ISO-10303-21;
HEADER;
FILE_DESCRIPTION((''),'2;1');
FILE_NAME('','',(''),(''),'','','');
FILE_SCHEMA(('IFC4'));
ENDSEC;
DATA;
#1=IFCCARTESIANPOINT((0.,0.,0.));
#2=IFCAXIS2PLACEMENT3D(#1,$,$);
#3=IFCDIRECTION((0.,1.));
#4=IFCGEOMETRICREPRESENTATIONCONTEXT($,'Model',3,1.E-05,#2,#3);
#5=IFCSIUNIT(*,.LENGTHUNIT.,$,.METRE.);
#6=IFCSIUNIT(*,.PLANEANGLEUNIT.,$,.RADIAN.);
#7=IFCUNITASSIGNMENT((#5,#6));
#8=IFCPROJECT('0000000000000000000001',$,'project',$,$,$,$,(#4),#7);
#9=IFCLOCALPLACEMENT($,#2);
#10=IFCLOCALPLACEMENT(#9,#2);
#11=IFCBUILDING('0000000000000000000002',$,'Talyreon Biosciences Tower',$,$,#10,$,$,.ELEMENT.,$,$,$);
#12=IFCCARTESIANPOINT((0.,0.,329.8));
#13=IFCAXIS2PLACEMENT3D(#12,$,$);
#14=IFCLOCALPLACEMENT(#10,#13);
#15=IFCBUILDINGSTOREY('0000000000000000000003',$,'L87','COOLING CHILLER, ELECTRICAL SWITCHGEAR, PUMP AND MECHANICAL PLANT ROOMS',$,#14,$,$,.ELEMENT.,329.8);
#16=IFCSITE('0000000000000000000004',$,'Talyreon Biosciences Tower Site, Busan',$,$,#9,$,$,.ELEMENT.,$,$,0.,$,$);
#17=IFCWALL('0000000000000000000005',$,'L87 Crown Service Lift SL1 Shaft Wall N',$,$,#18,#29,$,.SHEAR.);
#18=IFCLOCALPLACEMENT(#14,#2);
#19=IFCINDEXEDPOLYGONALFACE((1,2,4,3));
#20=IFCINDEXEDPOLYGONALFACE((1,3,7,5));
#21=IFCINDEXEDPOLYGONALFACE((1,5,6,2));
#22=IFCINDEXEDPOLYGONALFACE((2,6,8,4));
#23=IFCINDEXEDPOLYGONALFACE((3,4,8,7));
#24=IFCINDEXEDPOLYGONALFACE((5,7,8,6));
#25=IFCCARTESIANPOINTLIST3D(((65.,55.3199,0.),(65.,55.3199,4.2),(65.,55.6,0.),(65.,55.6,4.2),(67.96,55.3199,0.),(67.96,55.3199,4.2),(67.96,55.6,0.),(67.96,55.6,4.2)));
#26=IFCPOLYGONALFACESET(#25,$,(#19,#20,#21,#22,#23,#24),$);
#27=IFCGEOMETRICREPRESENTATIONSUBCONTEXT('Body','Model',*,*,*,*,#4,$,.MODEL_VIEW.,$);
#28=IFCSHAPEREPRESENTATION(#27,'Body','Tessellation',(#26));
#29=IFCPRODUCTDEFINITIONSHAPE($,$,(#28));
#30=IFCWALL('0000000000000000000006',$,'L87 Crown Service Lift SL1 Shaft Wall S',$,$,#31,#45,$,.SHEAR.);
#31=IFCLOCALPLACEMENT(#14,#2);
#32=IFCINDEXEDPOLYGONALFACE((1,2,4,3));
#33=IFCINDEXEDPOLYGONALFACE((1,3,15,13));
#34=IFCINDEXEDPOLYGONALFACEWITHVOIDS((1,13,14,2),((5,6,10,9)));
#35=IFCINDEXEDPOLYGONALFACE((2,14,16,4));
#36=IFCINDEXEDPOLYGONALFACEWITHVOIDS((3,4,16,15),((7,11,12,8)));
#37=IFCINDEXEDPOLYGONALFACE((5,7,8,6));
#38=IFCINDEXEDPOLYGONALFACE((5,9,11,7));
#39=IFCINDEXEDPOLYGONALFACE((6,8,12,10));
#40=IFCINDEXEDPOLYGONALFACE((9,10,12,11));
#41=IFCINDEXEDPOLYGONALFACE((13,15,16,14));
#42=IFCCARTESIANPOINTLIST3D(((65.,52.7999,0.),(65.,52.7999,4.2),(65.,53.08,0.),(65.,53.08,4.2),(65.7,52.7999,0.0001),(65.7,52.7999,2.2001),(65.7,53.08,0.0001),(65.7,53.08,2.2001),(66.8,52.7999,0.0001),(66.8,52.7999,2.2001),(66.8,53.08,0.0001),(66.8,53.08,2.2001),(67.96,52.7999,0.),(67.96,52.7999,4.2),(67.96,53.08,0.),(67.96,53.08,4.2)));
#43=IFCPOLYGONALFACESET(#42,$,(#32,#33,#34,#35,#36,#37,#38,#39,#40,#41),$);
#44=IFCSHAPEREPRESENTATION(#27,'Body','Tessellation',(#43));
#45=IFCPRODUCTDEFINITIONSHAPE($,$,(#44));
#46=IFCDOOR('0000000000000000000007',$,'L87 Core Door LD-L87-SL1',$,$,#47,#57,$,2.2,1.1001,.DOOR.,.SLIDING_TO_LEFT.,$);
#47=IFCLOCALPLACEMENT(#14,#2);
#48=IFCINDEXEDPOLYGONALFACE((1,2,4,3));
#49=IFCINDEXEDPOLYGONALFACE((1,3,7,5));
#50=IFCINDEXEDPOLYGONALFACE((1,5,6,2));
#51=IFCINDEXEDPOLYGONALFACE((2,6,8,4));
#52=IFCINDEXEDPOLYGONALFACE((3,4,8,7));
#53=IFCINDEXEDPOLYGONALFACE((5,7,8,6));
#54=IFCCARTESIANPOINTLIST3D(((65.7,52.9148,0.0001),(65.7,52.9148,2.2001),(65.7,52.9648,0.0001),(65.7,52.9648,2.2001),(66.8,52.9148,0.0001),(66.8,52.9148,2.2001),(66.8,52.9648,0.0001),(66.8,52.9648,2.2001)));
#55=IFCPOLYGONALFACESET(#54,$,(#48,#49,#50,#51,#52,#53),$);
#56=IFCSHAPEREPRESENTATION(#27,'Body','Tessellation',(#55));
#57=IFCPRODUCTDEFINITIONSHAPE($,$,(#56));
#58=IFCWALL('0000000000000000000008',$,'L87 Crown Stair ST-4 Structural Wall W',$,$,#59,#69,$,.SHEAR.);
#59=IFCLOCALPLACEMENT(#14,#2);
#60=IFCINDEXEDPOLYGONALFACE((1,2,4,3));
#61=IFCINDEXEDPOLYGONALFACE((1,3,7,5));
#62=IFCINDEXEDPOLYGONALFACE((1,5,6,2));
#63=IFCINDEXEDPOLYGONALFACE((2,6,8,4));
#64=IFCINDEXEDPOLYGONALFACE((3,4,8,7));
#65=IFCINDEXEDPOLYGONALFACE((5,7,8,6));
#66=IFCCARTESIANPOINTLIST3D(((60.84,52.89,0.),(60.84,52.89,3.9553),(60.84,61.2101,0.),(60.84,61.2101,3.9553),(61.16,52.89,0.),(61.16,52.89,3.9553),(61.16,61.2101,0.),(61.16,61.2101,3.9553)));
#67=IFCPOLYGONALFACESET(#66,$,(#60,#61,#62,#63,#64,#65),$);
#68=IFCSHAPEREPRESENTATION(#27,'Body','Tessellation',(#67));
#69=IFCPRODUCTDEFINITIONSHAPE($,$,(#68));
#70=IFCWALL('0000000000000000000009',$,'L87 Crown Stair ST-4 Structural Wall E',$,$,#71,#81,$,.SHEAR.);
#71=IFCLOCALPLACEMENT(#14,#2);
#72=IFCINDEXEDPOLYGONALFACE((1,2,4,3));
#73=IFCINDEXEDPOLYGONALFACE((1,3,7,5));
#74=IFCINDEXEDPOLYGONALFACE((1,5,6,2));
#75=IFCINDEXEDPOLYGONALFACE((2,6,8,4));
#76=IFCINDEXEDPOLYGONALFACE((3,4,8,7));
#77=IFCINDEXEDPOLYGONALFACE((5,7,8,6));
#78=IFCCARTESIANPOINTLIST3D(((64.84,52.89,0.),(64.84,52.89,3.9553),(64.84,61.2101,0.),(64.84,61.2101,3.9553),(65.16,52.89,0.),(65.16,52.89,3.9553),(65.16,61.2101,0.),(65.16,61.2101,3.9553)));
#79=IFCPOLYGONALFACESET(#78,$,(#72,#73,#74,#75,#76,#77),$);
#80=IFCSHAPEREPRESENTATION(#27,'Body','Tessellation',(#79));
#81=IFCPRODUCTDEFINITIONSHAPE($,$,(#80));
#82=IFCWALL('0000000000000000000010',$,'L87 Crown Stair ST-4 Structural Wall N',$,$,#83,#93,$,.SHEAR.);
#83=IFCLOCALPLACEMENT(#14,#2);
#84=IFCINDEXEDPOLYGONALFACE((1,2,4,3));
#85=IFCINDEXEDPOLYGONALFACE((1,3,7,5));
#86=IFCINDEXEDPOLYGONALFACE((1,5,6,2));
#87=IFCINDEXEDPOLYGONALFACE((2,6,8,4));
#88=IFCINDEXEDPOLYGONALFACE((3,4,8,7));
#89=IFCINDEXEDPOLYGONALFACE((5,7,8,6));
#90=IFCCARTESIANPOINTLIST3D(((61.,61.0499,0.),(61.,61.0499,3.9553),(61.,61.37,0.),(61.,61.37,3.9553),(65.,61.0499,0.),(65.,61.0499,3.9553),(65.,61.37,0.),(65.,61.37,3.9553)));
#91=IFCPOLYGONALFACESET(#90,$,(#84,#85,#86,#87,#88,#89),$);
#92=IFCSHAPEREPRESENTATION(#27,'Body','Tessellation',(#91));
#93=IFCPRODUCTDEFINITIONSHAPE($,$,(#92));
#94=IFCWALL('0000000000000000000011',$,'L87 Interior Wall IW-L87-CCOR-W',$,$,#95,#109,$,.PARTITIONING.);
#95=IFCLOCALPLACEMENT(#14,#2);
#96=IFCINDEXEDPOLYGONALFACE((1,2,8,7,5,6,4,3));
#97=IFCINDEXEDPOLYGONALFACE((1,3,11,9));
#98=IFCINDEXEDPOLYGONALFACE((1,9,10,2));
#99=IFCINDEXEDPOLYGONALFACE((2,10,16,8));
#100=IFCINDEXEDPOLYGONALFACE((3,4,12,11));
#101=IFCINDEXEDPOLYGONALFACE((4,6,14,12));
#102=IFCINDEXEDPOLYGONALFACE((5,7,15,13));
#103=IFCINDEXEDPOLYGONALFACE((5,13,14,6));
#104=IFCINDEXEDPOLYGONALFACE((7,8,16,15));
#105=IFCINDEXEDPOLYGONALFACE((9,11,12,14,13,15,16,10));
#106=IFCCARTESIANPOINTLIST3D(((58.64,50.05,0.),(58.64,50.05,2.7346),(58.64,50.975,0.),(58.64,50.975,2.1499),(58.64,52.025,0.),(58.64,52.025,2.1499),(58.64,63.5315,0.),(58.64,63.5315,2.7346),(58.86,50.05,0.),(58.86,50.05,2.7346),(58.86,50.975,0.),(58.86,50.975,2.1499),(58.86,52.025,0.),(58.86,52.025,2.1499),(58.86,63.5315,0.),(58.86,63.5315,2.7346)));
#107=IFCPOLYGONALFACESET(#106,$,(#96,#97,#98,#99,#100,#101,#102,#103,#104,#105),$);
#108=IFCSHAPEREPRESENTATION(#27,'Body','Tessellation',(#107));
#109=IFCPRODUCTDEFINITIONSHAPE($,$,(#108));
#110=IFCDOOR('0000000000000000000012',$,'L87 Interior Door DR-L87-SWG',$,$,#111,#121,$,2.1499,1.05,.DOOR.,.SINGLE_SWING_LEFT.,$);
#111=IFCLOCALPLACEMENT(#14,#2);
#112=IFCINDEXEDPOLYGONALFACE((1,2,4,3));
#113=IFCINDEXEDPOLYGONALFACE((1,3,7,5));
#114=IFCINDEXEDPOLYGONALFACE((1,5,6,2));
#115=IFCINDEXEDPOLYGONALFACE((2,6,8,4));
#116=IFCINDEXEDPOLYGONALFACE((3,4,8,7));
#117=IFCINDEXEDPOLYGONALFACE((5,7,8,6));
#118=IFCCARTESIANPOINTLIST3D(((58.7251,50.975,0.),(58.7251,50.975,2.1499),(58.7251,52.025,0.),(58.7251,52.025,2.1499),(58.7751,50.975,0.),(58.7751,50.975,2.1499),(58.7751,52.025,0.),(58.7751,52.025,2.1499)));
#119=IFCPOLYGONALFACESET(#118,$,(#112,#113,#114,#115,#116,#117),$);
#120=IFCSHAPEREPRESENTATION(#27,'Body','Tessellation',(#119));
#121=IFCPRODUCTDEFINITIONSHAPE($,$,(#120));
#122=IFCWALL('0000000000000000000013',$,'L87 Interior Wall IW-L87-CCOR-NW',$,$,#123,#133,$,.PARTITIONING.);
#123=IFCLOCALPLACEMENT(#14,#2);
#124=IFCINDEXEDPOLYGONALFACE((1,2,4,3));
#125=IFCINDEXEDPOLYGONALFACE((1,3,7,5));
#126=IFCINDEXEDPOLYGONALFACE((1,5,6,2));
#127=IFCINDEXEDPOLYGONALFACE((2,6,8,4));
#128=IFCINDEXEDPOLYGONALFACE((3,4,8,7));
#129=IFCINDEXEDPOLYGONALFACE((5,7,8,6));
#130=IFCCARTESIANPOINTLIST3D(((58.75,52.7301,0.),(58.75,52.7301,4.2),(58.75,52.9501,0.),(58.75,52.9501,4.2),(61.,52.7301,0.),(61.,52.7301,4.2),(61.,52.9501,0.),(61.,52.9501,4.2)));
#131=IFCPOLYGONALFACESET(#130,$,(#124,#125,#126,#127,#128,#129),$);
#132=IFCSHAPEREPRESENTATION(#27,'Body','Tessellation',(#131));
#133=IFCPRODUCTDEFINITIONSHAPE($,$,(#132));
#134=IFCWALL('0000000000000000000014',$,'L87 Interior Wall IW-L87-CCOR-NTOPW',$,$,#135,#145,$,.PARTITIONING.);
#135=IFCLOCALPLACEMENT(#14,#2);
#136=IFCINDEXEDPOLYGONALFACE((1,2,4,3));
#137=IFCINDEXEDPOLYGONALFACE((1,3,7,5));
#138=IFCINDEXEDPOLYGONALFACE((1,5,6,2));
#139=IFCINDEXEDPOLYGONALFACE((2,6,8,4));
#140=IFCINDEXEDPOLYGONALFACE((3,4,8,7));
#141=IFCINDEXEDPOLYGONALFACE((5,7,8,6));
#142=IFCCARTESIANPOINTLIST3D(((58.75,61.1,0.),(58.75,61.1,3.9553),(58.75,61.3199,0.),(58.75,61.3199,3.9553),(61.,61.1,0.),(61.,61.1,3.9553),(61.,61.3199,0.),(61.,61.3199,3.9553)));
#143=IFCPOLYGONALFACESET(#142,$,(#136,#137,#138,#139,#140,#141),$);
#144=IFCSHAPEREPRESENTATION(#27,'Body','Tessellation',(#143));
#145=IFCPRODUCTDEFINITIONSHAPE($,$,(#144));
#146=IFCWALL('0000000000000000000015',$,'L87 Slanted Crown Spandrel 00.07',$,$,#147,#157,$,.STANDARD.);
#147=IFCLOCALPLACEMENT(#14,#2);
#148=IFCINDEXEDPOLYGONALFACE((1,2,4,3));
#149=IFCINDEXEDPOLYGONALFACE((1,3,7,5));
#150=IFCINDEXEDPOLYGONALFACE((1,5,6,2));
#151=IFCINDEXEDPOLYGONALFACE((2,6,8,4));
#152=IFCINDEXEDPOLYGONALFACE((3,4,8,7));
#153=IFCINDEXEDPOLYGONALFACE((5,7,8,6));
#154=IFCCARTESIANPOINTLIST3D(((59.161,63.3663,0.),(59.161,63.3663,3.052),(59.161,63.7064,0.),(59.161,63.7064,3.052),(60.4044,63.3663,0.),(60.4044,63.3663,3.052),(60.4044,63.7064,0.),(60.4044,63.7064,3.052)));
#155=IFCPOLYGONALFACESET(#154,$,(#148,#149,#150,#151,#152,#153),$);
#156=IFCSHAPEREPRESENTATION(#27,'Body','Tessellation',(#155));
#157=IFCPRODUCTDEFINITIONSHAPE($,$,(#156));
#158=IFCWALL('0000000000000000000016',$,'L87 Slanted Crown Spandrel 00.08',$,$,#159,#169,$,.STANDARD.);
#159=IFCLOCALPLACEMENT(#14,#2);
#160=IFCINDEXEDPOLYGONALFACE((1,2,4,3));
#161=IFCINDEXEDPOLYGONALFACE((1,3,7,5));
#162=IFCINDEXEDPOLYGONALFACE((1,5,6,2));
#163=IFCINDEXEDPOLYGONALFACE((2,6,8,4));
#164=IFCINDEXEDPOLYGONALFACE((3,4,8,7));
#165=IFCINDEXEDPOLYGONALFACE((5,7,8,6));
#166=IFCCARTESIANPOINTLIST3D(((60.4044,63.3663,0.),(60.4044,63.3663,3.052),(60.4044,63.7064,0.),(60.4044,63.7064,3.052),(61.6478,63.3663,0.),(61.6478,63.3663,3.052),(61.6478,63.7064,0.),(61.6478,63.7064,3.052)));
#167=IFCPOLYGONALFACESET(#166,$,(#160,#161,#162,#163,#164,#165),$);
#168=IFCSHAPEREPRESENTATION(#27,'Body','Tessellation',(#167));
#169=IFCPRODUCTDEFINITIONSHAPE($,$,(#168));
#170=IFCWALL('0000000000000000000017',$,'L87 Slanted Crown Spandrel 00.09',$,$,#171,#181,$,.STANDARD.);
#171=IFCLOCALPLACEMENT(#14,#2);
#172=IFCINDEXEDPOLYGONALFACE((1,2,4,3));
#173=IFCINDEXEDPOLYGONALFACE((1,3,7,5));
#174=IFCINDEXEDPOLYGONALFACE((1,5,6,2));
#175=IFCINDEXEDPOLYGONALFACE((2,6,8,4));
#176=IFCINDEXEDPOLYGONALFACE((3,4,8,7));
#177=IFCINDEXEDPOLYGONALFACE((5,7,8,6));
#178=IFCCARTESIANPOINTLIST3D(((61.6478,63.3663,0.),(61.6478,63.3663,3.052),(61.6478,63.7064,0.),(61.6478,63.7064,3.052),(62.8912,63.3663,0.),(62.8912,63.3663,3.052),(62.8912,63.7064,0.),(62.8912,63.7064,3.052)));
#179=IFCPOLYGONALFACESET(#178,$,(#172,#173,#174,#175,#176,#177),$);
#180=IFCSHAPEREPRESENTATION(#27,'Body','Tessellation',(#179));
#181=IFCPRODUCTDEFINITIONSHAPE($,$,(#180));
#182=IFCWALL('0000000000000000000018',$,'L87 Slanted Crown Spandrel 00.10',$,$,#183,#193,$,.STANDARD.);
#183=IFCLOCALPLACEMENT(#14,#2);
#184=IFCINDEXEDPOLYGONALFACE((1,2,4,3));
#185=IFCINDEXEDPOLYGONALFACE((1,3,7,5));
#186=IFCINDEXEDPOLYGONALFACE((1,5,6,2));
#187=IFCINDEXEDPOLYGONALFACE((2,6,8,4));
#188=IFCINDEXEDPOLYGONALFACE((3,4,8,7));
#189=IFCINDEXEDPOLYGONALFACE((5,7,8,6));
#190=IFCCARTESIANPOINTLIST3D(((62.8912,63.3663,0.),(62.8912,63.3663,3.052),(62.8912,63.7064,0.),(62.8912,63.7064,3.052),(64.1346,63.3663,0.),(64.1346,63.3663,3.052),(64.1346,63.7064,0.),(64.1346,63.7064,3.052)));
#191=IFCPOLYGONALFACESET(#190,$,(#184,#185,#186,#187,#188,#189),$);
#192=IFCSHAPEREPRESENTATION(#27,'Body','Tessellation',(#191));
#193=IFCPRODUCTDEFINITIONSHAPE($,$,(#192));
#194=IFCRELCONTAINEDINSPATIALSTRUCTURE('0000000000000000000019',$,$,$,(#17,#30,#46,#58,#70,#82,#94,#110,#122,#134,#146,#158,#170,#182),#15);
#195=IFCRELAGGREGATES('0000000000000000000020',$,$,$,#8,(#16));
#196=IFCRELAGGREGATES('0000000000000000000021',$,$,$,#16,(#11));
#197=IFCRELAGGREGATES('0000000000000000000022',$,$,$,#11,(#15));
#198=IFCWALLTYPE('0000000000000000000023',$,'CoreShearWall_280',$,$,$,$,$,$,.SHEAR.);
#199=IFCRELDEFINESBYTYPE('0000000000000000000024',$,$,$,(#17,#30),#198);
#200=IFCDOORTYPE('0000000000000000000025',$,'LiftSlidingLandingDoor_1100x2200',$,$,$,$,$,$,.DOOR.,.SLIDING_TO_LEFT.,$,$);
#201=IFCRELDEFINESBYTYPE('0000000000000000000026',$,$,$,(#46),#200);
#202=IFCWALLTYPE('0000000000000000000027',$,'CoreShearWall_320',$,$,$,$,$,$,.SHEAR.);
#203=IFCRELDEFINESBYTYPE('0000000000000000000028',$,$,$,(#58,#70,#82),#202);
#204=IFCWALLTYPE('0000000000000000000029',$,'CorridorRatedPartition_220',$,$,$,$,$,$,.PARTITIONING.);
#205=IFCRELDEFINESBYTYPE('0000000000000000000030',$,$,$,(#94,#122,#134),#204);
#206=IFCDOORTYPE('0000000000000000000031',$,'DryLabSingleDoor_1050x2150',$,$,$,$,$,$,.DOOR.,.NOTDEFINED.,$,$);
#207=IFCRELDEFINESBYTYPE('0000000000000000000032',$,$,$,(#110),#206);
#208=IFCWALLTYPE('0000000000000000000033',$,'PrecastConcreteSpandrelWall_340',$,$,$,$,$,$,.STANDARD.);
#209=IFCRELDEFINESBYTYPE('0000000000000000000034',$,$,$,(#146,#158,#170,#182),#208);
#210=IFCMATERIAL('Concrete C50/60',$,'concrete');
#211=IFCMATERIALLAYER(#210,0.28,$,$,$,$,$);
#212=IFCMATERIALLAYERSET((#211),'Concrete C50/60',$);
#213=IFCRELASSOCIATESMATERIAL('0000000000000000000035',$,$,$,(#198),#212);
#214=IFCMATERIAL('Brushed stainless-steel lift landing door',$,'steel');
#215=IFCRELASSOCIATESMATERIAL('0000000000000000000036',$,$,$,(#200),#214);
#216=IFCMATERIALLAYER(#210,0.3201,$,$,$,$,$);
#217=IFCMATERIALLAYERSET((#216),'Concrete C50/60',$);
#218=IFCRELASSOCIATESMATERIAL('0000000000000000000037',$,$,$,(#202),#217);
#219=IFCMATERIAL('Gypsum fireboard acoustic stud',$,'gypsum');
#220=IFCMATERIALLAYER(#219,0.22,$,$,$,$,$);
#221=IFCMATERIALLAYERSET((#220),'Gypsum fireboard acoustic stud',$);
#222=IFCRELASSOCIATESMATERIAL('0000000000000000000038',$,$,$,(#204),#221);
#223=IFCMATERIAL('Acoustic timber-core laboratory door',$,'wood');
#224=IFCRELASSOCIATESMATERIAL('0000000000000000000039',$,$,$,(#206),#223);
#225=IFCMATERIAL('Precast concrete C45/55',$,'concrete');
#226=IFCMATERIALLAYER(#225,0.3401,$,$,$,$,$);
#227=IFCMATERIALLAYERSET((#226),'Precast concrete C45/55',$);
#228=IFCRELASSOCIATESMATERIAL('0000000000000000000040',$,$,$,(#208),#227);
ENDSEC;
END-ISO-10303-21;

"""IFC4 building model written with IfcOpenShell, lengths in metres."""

from ifc_helpers import new_model, si_unit, direction, frame, frame_2d, origin, place, context, subcontext, project, spatial, rectangle, extrude, material, layer, layer_set, type_object, element, fill, save


model = new_model("IFC4")

# Units and contexts
model_context = context("Model", 3, precision=1e-05, world=origin(), true_north=direction((0.0, 1.0)))
body_context = subcontext(model_context, "Body", "Model", "MODEL_VIEW")
ifc_project = project(units=[si_unit("LENGTHUNIT", "METRE"), si_unit("PLANEANGLEUNIT", "RADIAN")], contexts=[model_context])

# Site, building, storey
site_placement = place(None, origin())
site = spatial("IfcSite", under=ifc_project, at=site_placement, Name="Talyreon Biosciences Tower Site, Busan", CompositionType="ELEMENT", RefElevation=0.0)
building_placement = place(site_placement, origin())
building = spatial("IfcBuilding", under=site, at=building_placement, Name="Talyreon Biosciences Tower", CompositionType="ELEMENT")
storey_placement = place(building_placement, frame((0.0, 0.0, 329.8)))
storey = spatial("IfcBuildingStorey", under=building, at=storey_placement, Name="L87", Description="COOLING CHILLER, ELECTRICAL SWITCHGEAR, PUMP AND MECHANICAL PLANT ROOMS", CompositionType="ELEMENT", Elevation=329.8)

# Wall
ifc_material_1 = material(Name="Concrete C50/60", Category="concrete")
ifc_layer_1 = layer(ifc_material_1, 0.28)
ifc_layer_set_1 = layer_set([ifc_layer_1], Name="Concrete C50/60")
wall_type_1 = type_object("IfcWallType", Name="CoreShearWall_280", PredefinedType="SHEAR", material=ifc_layer_set_1)
wall_1_placement = place(storey_placement, frame((65.0, 55.46, 0.0), z_axis=(0.0, 0.0, 1.0), x_axis=(1.0, 0.0, 0.0)))
element("IfcWall", 1, at=wall_1_placement, inside=storey, type_object=wall_type_1, Name="L87 Crown Service Lift SL1 Shaft Wall N", PredefinedType="SHEAR", context=body_context, shape_type="SweptSolid", body=[
    extrude(rectangle(XDim=2.96, YDim=0.28, at=frame_2d((1.48, 0.0))), origin(), (0.0, 0.0, 1.0), 4.2),
])

# Wall, opening, door
wall_2_placement = place(storey_placement, frame((65.0, 52.9399, 0.0), z_axis=(0.0, 0.0, 1.0), x_axis=(1.0, 0.0, 0.0)))
wall_2 = element("IfcWall", 2, at=wall_2_placement, inside=storey, type_object=wall_type_1, Name="L87 Crown Service Lift SL1 Shaft Wall S", PredefinedType="SHEAR", context=body_context, shape_type="SweptSolid", body=[
    extrude(rectangle(XDim=2.96, YDim=0.28, at=frame_2d((1.48, 0.0))), origin(), (0.0, 0.0, 1.0), 4.2),
])
opening_1_placement = place(wall_2_placement, frame((0.7, 0.0, 0.0)))
opening_1 = element("IfcOpeningElement", 3, at=opening_1_placement, cuts=wall_2, PredefinedType="OPENING", context=body_context, shape_type="SweptSolid", body=[
    extrude(rectangle(XDim=1.1001, YDim=2.2, at=frame_2d((0.55, 1.1001))), frame((0.0, 0.1499, 0.0), z_axis=(0.0, -1.0, 0.0), x_axis=(1.0, 0.0, 0.0)), (0.0, 0.0, 1.0), 0.3),
])
ifc_material_2 = material(Name="Brushed stainless-steel lift landing door", Category="steel")
door_type_1 = type_object("IfcDoorType", Name="LiftSlidingLandingDoor_1100x2200", OperationType="SLIDING_TO_LEFT", PredefinedType="DOOR", material=ifc_material_2)
door_1_placement = place(opening_1_placement, origin())
door_1 = element("IfcDoor", 4, at=door_1_placement, inside=storey, type_object=door_type_1, Name="L87 Core Door LD-L87-SL1", OperationType="SLIDING_TO_LEFT", OverallHeight=2.2, OverallWidth=1.1001, PredefinedType="DOOR", context=body_context, shape_type="SweptSolid", body=[
    extrude(rectangle(XDim=1.1001, YDim=2.2, at=frame_2d((0.55, 1.1001))), frame((0.0, 0.0249, 0.0), z_axis=(0.0, -1.0, 0.0), x_axis=(1.0, 0.0, 0.0)), (0.0, 0.0, 1.0), 0.05),
])
fill(opening_1, door_1)

# Walls
ifc_layer_2 = layer(ifc_material_1, 0.3201)
ifc_layer_set_2 = layer_set([ifc_layer_2], Name="Concrete C50/60")
wall_type_2 = type_object("IfcWallType", Name="CoreShearWall_320", PredefinedType="SHEAR", material=ifc_layer_set_2)
for number, where, z_axis, x_axis, name in (
    (5, (61.0, 52.8899, 0.0), (0.0, 0.0, 1.0), (0.0, 1.0, 0.0), "L87 Crown Stair ST-4 Structural Wall W"),
    (6, (65.0, 52.8899, 0.0), (0.0, 0.0, 1.0), (0.0, 1.0, 0.0), "L87 Crown Stair ST-4 Structural Wall E"),
):
    element("IfcWall", number, at=place(storey_placement, frame(where, z_axis=z_axis, x_axis=x_axis)), inside=storey, type_object=wall_type_2, Name=name, PredefinedType="SHEAR", context=body_context, shape_type="SweptSolid", body=[
        extrude(rectangle(XDim=8.3201, YDim=0.3201, at=frame_2d((4.1602, 0.0))), origin(), (0.0, 0.0, 1.0), 3.9553),
    ])
wall_3_placement = place(storey_placement, frame((61.0, 61.21, 0.0), z_axis=(0.0, 0.0, 1.0), x_axis=(1.0, 0.0, 0.0)))
element("IfcWall", 7, at=wall_3_placement, inside=storey, type_object=wall_type_2, Name="L87 Crown Stair ST-4 Structural Wall N", PredefinedType="SHEAR", context=body_context, shape_type="SweptSolid", body=[
    extrude(rectangle(XDim=4.0, YDim=0.3201, at=frame_2d((2.0, 0.0))), origin(), (0.0, 0.0, 1.0), 3.9553),
])

# Wall, opening, door
ifc_material_3 = material(Name="Gypsum fireboard acoustic stud", Category="gypsum")
ifc_layer_3 = layer(ifc_material_3, 0.22)
ifc_layer_set_3 = layer_set([ifc_layer_3], Name="Gypsum fireboard acoustic stud")
wall_type_3 = type_object("IfcWallType", Name="CorridorRatedPartition_220", PredefinedType="PARTITIONING", material=ifc_layer_set_3)
wall_4_placement = place(storey_placement, frame((58.75, 50.05, 0.0), z_axis=(0.0, 0.0, 1.0), x_axis=(0.0, 1.0, 0.0)))
wall_4 = element("IfcWall", 8, at=wall_4_placement, inside=storey, type_object=wall_type_3, Name="L87 Interior Wall IW-L87-CCOR-W", PredefinedType="PARTITIONING", context=body_context, shape_type="SweptSolid", body=[
    extrude(rectangle(XDim=13.4814, YDim=0.22, at=frame_2d((6.7407, 0.0))), origin(), (0.0, 0.0, 1.0), 2.7346),
])
opening_2_placement = place(wall_4_placement, frame((0.925, 0.0, 0.0)))
opening_2 = element("IfcOpeningElement", 9, at=opening_2_placement, cuts=wall_4, PredefinedType="OPENING", context=body_context, shape_type="SweptSolid", body=[
    extrude(rectangle(XDim=1.05, YDim=2.1499, at=frame_2d((0.5249, 1.075))), frame((0.0, 0.1199, 0.0), z_axis=(0.0, -1.0, 0.0), x_axis=(1.0, 0.0, 0.0)), (0.0, 0.0, 1.0), 0.24),
])
ifc_material_4 = material(Name="Acoustic timber-core laboratory door", Category="wood")
door_type_2 = type_object("IfcDoorType", Name="DryLabSingleDoor_1050x2150", OperationType="NOTDEFINED", PredefinedType="DOOR", material=ifc_material_4)
door_2_placement = place(opening_2_placement, origin())
door_2 = element("IfcDoor", 10, at=door_2_placement, inside=storey, type_object=door_type_2, Name="L87 Interior Door DR-L87-SWG", OperationType="SINGLE_SWING_LEFT", OverallHeight=2.1499, OverallWidth=1.05, PredefinedType="DOOR", context=body_context, shape_type="SweptSolid", body=[
    extrude(rectangle(XDim=1.05, YDim=2.1499, at=frame_2d((0.5249, 1.075))), frame((0.0, 0.0249, 0.0), z_axis=(0.0, -1.0, 0.0), x_axis=(1.0, 0.0, 0.0)), (0.0, 0.0, 1.0), 0.05),
])
fill(opening_2, door_2)

# Walls
wall_5_placement = place(storey_placement, frame((58.75, 52.8401, 0.0), z_axis=(0.0, 0.0, 1.0), x_axis=(1.0, 0.0, 0.0)))
element("IfcWall", 11, at=wall_5_placement, inside=storey, type_object=wall_type_3, Name="L87 Interior Wall IW-L87-CCOR-NW", PredefinedType="PARTITIONING", context=body_context, shape_type="SweptSolid", body=[
    extrude(rectangle(XDim=2.25, YDim=0.22, at=frame_2d((1.125, 0.0))), origin(), (0.0, 0.0, 1.0), 4.2),
])
wall_6_placement = place(storey_placement, frame((58.75, 61.21, 0.0), z_axis=(0.0, 0.0, 1.0), x_axis=(1.0, 0.0, 0.0)))
element("IfcWall", 12, at=wall_6_placement, inside=storey, type_object=wall_type_3, Name="L87 Interior Wall IW-L87-CCOR-NTOPW", PredefinedType="PARTITIONING", context=body_context, shape_type="SweptSolid", body=[
    extrude(rectangle(XDim=2.25, YDim=0.22, at=frame_2d((1.125, 0.0))), origin(), (0.0, 0.0, 1.0), 3.9553),
])
ifc_material_5 = material(Name="Precast concrete C45/55", Category="concrete")
ifc_layer_4 = layer(ifc_material_5, 0.3401)
ifc_layer_set_4 = layer_set([ifc_layer_4], Name="Precast concrete C45/55")
wall_type_4 = type_object("IfcWallType", Name="PrecastConcreteSpandrelWall_340", PredefinedType="STANDARD", material=ifc_layer_set_4)
for number, where, z_axis, x_axis, name in (
    (13, (59.1611, 63.5364, 0.0), (0.0, 0.0, 1.0), (1.0, 0.0, 0.0), "L87 Slanted Crown Spandrel 00.07"),
    (14, (60.4045, 63.5364, 0.0), (0.0, 0.0, 1.0), (1.0, 0.0, 0.0), "L87 Slanted Crown Spandrel 00.08"),
    (15, (61.6479, 63.5364, 0.0), (0.0, 0.0, 1.0), (1.0, 0.0, 0.0), "L87 Slanted Crown Spandrel 00.09"),
    (16, (62.8914, 63.5364, 0.0), (0.0, 0.0, 1.0), (1.0, 0.0, 0.0), "L87 Slanted Crown Spandrel 00.10"),
):
    element("IfcWall", number, at=place(storey_placement, frame(where, z_axis=z_axis, x_axis=x_axis)), inside=storey, type_object=wall_type_4, Name=name, PredefinedType="STANDARD", context=body_context, shape_type="SweptSolid", body=[
        extrude(rectangle(XDim=1.2434, YDim=0.3401, at=frame_2d((0.6216, 0.0))), origin(), (0.0, 0.0, 1.0), 3.052),
    ])

save(model, "model.ifc")
